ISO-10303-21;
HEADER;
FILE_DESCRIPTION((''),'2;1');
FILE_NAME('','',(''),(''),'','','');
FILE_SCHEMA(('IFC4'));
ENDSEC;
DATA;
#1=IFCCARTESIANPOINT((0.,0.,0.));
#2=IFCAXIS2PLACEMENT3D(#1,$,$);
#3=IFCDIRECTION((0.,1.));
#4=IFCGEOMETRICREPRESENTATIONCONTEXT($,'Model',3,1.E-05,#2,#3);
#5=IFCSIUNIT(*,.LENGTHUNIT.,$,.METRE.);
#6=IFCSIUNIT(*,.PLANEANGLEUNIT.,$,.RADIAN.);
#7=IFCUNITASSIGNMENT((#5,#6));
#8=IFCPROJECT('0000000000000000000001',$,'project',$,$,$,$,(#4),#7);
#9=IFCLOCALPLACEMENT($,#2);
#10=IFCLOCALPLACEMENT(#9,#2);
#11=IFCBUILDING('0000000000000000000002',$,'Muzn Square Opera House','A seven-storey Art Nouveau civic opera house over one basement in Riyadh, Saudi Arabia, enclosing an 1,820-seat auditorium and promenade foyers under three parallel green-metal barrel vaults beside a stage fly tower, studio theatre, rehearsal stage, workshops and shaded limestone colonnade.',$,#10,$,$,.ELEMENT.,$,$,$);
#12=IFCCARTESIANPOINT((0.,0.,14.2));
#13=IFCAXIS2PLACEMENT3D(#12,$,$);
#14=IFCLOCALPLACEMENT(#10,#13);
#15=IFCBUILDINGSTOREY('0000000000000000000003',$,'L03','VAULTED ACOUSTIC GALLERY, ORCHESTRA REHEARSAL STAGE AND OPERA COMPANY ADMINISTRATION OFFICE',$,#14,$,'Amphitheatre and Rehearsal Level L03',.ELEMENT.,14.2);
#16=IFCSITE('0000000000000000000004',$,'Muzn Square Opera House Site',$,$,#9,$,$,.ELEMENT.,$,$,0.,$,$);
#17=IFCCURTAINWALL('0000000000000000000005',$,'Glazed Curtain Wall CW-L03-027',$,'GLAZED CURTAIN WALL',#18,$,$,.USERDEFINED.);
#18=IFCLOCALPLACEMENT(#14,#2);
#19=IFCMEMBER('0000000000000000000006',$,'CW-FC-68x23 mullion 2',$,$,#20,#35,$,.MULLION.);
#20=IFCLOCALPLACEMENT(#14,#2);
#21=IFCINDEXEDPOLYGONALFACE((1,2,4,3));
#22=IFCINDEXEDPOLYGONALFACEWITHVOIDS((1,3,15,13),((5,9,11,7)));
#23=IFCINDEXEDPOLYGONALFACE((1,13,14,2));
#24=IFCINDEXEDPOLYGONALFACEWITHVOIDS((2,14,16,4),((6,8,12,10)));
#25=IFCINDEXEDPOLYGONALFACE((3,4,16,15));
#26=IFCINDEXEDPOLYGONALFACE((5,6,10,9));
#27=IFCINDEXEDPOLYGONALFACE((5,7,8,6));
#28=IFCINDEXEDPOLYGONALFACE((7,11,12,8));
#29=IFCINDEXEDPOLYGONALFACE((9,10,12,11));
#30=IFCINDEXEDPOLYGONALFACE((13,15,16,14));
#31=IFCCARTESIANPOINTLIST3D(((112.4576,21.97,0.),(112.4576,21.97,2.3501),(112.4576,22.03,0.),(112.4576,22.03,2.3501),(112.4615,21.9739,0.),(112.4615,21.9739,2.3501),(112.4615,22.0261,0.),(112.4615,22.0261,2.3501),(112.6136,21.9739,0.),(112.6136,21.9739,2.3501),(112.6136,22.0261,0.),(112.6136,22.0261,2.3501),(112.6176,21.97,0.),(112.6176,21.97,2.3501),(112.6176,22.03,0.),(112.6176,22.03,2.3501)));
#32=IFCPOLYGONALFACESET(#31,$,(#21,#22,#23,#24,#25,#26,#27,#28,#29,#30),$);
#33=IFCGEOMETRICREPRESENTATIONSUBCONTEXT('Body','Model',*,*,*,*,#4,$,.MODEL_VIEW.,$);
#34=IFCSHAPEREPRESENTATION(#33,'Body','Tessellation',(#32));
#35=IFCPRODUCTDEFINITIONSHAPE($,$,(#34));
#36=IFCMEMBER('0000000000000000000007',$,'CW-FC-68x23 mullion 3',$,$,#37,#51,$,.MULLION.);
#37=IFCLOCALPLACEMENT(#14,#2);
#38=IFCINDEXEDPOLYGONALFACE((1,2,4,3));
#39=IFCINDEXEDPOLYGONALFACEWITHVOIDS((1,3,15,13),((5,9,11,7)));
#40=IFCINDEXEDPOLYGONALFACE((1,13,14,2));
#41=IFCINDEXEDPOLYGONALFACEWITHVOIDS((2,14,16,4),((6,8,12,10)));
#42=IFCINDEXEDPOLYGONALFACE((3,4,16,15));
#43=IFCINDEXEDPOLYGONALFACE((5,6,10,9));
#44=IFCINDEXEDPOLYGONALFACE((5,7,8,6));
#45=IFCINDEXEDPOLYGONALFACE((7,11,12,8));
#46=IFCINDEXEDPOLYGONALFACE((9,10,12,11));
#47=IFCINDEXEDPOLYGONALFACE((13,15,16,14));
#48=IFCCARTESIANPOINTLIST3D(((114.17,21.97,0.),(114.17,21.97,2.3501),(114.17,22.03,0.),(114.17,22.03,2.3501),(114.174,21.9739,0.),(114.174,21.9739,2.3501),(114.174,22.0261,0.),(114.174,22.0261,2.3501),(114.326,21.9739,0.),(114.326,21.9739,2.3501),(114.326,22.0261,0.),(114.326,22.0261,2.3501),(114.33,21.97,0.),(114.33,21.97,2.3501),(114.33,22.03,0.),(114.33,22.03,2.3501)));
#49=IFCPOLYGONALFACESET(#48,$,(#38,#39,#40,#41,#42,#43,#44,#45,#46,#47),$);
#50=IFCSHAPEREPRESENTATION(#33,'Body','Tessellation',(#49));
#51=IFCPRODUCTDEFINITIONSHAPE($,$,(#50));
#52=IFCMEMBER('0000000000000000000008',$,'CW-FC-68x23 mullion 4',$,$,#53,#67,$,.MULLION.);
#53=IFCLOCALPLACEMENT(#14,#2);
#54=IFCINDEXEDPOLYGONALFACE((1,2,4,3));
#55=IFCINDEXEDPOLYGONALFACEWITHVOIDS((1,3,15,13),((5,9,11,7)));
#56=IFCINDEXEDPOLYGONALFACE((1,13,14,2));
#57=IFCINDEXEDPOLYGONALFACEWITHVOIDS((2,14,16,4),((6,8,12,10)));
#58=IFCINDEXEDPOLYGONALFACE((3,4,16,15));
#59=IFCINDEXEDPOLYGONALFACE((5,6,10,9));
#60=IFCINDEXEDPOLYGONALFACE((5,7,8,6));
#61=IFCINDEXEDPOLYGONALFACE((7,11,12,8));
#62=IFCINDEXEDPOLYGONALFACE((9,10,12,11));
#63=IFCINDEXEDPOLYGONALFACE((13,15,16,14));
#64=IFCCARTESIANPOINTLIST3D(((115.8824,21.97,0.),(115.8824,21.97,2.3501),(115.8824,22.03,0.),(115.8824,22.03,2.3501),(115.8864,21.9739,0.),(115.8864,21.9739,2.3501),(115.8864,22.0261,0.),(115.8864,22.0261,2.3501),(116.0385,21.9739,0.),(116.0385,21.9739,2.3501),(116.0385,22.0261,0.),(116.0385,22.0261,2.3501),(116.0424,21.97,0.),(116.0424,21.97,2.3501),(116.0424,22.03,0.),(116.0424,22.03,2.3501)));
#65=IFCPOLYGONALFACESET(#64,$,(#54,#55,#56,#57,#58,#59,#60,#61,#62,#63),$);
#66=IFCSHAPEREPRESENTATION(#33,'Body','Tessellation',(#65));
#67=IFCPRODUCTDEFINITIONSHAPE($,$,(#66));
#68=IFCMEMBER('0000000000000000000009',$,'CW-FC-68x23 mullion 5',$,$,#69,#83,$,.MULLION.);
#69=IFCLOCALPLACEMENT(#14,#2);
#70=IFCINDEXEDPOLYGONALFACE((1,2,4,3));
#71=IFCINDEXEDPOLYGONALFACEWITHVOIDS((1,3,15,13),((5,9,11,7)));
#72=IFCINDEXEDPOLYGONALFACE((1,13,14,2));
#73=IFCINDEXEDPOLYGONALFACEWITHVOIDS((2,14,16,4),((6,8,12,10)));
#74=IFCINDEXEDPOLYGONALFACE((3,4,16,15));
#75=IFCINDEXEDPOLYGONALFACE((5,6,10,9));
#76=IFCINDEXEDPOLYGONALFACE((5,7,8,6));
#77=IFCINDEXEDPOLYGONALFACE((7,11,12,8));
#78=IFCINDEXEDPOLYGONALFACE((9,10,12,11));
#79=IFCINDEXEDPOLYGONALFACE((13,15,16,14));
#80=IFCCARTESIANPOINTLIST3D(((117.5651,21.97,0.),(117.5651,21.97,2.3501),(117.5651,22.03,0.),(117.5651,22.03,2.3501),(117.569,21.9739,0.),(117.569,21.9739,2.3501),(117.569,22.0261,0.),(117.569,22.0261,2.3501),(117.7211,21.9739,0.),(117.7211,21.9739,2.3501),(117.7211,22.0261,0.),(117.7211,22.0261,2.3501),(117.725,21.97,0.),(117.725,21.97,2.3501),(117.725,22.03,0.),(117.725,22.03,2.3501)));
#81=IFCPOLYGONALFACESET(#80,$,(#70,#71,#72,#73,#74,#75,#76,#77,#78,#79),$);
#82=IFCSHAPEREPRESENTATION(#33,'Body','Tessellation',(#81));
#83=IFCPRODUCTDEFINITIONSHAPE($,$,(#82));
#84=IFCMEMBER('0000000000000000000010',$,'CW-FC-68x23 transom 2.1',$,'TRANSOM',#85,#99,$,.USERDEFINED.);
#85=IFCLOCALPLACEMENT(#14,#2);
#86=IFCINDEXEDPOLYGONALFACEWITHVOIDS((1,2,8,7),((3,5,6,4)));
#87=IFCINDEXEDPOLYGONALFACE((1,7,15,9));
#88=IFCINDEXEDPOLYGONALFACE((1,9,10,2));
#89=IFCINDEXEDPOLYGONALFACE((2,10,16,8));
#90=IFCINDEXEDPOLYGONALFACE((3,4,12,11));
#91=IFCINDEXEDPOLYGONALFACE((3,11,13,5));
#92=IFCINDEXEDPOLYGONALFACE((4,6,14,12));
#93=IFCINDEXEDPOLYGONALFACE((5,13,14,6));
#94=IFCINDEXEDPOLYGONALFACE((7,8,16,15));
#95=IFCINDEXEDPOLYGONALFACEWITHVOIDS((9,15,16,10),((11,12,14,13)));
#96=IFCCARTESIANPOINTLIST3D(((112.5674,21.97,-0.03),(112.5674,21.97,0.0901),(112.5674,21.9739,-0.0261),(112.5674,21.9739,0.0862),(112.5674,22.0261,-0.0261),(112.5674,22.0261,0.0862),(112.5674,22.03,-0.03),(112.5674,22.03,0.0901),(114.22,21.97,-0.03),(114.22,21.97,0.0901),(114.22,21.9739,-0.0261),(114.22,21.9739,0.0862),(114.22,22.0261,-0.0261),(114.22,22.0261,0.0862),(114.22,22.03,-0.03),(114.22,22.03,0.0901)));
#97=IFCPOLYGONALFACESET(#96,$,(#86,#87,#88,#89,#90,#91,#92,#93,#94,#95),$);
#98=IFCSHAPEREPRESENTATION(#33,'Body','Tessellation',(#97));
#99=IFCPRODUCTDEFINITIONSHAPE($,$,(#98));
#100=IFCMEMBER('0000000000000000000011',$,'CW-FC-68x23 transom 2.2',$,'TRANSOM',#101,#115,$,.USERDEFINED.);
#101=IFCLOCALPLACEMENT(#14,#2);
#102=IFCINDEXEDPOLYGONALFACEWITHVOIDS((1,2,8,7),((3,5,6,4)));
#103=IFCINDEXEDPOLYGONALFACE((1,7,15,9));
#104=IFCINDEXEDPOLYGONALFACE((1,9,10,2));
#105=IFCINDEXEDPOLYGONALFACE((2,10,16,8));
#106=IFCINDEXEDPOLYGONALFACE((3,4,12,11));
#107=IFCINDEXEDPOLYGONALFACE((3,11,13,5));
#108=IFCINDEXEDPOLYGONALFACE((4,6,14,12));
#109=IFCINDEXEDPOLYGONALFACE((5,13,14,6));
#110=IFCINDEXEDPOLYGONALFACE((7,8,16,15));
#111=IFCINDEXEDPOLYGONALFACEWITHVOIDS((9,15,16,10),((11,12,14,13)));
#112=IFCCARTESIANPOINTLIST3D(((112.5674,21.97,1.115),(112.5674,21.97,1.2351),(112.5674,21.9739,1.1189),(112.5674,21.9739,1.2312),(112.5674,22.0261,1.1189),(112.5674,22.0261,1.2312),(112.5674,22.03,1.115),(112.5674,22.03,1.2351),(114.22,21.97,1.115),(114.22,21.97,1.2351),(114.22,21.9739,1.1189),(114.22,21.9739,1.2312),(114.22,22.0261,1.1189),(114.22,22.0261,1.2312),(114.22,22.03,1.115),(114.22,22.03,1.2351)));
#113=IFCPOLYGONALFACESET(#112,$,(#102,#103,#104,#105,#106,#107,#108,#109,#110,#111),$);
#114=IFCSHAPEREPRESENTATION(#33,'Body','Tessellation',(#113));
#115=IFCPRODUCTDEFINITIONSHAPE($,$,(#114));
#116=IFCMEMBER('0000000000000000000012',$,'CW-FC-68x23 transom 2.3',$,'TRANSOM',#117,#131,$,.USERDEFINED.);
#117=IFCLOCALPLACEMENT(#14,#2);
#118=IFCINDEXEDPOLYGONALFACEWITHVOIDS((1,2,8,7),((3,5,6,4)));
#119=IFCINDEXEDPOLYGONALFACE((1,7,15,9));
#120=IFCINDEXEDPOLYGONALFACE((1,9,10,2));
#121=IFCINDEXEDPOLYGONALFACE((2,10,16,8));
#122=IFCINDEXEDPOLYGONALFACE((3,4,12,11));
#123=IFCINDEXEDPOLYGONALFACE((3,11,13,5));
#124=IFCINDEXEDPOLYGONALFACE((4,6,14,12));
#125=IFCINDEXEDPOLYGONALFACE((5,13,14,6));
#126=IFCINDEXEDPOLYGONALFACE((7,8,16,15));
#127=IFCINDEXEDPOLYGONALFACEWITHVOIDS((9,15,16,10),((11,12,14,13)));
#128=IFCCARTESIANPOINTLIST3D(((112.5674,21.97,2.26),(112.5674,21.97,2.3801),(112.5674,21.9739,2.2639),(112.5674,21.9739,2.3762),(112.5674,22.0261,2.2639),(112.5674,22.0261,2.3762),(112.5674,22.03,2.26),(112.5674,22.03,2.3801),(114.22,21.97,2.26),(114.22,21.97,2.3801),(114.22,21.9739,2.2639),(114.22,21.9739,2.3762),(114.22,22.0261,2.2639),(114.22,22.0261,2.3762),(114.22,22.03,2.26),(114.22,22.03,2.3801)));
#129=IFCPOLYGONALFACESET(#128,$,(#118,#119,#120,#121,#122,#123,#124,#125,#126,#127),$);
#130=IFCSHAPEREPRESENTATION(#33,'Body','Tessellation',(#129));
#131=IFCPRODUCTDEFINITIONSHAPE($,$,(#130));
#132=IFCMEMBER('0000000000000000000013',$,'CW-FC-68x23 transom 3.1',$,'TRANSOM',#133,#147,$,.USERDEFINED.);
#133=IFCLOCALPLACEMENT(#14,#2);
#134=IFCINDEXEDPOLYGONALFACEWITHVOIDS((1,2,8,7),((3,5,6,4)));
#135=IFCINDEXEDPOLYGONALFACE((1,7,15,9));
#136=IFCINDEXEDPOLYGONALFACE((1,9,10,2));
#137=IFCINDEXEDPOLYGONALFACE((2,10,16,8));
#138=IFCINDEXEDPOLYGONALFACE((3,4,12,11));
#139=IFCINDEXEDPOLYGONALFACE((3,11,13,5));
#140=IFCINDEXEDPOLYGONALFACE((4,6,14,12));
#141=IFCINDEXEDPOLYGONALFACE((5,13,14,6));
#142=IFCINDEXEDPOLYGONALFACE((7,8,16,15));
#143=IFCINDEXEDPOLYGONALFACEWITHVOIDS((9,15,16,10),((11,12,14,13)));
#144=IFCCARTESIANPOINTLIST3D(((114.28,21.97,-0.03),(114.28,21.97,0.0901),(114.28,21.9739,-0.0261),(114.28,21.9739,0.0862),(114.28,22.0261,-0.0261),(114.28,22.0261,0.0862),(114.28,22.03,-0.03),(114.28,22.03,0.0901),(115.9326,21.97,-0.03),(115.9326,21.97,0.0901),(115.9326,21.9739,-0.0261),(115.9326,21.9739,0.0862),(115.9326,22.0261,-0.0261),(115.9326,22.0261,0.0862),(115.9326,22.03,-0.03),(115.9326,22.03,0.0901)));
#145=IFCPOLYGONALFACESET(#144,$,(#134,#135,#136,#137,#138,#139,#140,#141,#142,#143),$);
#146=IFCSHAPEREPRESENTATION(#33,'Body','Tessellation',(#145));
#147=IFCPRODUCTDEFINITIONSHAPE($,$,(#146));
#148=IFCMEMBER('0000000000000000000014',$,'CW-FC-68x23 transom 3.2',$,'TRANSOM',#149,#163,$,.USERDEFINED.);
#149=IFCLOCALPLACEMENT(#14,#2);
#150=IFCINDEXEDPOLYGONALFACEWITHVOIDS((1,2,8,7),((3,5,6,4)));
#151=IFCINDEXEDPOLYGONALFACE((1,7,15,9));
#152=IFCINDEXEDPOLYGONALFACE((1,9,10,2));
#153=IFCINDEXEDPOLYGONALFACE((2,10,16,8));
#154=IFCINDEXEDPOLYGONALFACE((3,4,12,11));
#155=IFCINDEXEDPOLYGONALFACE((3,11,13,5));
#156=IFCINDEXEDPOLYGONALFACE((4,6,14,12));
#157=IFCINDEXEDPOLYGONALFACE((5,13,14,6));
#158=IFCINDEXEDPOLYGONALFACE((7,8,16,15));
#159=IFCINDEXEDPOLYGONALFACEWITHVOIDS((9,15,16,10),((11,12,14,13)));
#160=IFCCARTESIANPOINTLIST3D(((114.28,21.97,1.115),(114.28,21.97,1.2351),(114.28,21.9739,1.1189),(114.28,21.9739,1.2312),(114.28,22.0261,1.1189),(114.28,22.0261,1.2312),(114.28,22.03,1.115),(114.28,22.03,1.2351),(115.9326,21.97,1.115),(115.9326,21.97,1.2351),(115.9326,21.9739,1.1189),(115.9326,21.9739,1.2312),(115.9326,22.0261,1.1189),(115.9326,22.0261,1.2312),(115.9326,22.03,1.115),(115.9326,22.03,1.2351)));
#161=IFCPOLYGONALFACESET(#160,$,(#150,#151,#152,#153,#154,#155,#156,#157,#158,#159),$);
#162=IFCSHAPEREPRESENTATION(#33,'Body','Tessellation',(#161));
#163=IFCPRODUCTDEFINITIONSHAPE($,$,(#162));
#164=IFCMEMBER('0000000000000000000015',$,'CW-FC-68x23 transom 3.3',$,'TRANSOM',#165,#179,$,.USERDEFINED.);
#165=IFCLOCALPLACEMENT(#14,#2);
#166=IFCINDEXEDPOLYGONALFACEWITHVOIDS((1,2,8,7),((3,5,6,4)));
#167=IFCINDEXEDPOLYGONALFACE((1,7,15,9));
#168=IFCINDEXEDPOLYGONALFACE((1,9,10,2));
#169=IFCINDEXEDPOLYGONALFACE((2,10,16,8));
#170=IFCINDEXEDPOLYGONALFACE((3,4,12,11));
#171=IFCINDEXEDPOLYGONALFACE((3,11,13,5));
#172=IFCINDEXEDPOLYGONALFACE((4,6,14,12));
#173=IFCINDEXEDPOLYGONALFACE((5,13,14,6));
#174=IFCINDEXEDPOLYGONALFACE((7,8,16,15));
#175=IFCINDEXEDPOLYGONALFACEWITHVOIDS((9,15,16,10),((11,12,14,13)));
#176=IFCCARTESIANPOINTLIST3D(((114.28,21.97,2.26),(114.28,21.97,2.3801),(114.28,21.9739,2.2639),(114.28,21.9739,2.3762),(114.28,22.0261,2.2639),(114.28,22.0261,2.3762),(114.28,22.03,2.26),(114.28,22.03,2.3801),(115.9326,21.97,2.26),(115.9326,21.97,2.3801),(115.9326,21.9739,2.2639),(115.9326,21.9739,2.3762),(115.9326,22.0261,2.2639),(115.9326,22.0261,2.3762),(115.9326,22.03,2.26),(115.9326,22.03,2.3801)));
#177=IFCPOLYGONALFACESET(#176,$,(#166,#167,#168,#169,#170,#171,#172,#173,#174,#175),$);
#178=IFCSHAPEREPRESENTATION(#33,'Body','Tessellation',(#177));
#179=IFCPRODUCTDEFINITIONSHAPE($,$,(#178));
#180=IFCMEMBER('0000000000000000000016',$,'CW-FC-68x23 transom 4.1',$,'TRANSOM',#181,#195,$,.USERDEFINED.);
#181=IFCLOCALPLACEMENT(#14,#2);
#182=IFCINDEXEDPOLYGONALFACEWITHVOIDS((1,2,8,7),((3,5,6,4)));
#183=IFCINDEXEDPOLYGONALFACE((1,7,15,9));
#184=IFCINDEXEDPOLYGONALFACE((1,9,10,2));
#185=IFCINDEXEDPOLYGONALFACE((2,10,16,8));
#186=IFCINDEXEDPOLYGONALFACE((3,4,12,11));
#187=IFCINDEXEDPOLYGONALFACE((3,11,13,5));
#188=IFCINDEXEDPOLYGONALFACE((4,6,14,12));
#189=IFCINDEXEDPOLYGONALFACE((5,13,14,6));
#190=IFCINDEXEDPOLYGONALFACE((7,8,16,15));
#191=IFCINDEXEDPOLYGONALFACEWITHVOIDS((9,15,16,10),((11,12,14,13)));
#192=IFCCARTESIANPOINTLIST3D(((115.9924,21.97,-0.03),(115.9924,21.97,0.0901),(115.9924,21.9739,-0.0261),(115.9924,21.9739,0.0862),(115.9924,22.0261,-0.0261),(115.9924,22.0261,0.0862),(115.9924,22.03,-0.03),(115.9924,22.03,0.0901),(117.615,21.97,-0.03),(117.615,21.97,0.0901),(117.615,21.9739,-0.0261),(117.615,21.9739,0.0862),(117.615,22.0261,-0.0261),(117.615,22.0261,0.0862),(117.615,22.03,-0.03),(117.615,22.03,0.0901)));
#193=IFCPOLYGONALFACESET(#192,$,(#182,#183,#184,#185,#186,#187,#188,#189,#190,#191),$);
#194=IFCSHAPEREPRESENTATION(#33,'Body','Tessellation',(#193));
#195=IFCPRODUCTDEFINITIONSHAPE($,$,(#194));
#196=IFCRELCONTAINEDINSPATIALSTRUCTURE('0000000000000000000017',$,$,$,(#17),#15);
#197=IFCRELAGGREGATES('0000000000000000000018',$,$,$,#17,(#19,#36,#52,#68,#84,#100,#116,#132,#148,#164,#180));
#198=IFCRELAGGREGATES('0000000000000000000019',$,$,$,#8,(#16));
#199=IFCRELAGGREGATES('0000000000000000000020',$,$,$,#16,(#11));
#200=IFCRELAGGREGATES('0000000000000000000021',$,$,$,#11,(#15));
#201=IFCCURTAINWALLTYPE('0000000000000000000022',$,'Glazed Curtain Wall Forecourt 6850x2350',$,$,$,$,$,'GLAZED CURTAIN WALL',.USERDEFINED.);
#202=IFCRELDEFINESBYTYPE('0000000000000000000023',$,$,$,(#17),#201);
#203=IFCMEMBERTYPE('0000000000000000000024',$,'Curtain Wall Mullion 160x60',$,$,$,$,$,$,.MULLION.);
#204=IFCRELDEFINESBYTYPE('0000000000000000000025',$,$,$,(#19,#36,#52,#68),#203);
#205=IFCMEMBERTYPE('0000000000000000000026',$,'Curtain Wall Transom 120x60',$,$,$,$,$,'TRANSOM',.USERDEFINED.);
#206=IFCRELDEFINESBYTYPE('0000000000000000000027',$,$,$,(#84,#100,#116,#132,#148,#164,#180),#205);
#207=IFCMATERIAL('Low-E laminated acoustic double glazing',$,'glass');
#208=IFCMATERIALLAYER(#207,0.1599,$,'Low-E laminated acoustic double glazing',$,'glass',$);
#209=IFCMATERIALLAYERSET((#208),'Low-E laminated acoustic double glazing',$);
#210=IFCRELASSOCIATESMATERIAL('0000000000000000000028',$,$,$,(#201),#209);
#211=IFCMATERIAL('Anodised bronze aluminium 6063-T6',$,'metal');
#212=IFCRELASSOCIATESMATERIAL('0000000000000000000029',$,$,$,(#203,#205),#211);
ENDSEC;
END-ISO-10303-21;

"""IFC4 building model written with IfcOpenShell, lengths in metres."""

from ifc_helpers import new_model, si_unit, direction, frame, origin, origin_2d, place, context, subcontext, project, spatial, hollow_rectangle, extrude, material, layer, layer_set, material_profile, profile_set, type_object, element, aggregate, save


model = new_model("IFC4")

# Units and contexts
model_context = context("Model", 3, precision=1e-05, world=origin(), true_north=direction((0.0, 1.0)))
body_context = subcontext(model_context, "Body", "Model", "MODEL_VIEW")
ifc_project = project(units=[si_unit("LENGTHUNIT", "METRE"), si_unit("PLANEANGLEUNIT", "RADIAN")], contexts=[model_context])

# Site, building, storey
site_placement = place(None, origin())
site = spatial("IfcSite", under=ifc_project, at=site_placement, Name="Muzn Square Opera House Site", CompositionType="ELEMENT", RefElevation=0.0)
building_placement = place(site_placement, origin())
building = spatial("IfcBuilding", under=site, at=building_placement, Name="Muzn Square Opera House", Description="A seven-storey Art Nouveau civic opera house over one basement in Riyadh, Saudi Arabia, enclosing an 1,820-seat auditorium and promenade foyers under three parallel green-metal barrel vaults beside a stage fly tower, studio theatre, rehearsal stage, workshops and shaded limestone colonnade.", CompositionType="ELEMENT")
storey_placement = place(building_placement, frame((0.0, 0.0, 14.2)))
storey = spatial("IfcBuildingStorey", under=building, at=storey_placement, Name="L03", Description="VAULTED ACOUSTIC GALLERY, ORCHESTRA REHEARSAL STAGE AND OPERA COMPANY ADMINISTRATION OFFICE", LongName="Amphitheatre and Rehearsal Level L03", CompositionType="ELEMENT", Elevation=14.2)

# Curtain wall, members
ifc_material_1 = material(Name="Low-E laminated acoustic double glazing", Category="glass")
ifc_layer_1 = layer(ifc_material_1, 0.1599, Name="Low-E laminated acoustic double glazing", Category="glass")
ifc_layer_set_1 = layer_set([ifc_layer_1], Name="Low-E laminated acoustic double glazing")
curtain_wall_type = type_object("IfcCurtainWallType", Name="Glazed Curtain Wall Forecourt 6850x2350", ElementType="GLAZED CURTAIN WALL", PredefinedType="USERDEFINED", material=ifc_layer_set_1)
curtain_wall_placement = place(storey_placement, origin())
curtain_wall = element("IfcCurtainWall", 1, at=curtain_wall_placement, inside=storey, type_object=curtain_wall_type, Name="Glazed Curtain Wall CW-L03-027", ObjectType="GLAZED CURTAIN WALL", PredefinedType="USERDEFINED")
ifc_material_2 = material(Name="Anodised bronze aluminium 6063-T6", Category="metal")
ifc_material_profile_1 = material_profile(ifc_material_2, hollow_rectangle(XDim=0.0601, YDim=0.1599, WallThickness=0.0039, at=origin_2d()), Name="ALU 160x60x4", Category="metal")
ifc_profile_set_1 = profile_set([ifc_material_profile_1], Name="Anodised bronze aluminium 6063-T6")
member_type_1 = type_object("IfcMemberType", Name="Curtain Wall Mullion 160x60", PredefinedType="MULLION", material=ifc_profile_set_1)
member_1_placement = place(storey_placement, frame((112.5376, 22.0, 0.0), z_axis=(0.0, 0.0, 1.0), x_axis=(0.0, 1.0, 0.0)))
member_1 = element("IfcMember", 2, at=member_1_placement, type_object=member_type_1, Name="CW-FC-68x23 mullion 2", PredefinedType="MULLION", context=body_context, shape_type="SweptSolid", body=[
    extrude(hollow_rectangle(XDim=0.0601, YDim=0.1599, WallThickness=0.0039, at=origin_2d()), origin(), (0.0, 0.0, 1.0), 2.3501),
])
member_2_placement = place(storey_placement, frame((114.25, 22.0, 0.0), z_axis=(0.0, 0.0, 1.0), x_axis=(0.0, 1.0, 0.0)))
member_2 = element("IfcMember", 3, at=member_2_placement, type_object=member_type_1, Name="CW-FC-68x23 mullion 3", PredefinedType="MULLION", context=body_context, shape_type="SweptSolid", body=[
    extrude(hollow_rectangle(XDim=0.0601, YDim=0.1599, WallThickness=0.0039, at=origin_2d()), origin(), (0.0, 0.0, 1.0), 2.3501),
])
member_3_placement = place(storey_placement, frame((115.9624, 22.0, 0.0), z_axis=(0.0, 0.0, 1.0), x_axis=(0.0, 1.0, 0.0)))
member_3 = element("IfcMember", 4, at=member_3_placement, type_object=member_type_1, Name="CW-FC-68x23 mullion 4", PredefinedType="MULLION", context=body_context, shape_type="SweptSolid", body=[
    extrude(hollow_rectangle(XDim=0.0601, YDim=0.1599, WallThickness=0.0039, at=origin_2d()), origin(), (0.0, 0.0, 1.0), 2.3501),
])
member_4_placement = place(storey_placement, frame((117.645, 22.0, 0.0), z_axis=(0.0, 0.0, 1.0), x_axis=(0.0, 1.0, 0.0)))
member_4 = element("IfcMember", 5, at=member_4_placement, type_object=member_type_1, Name="CW-FC-68x23 mullion 5", PredefinedType="MULLION", context=body_context, shape_type="SweptSolid", body=[
    extrude(hollow_rectangle(XDim=0.0601, YDim=0.1599, WallThickness=0.0039, at=origin_2d()), origin(), (0.0, 0.0, 1.0), 2.3501),
])
ifc_material_profile_2 = material_profile(ifc_material_2, hollow_rectangle(XDim=0.0601, YDim=0.1201, WallThickness=0.0039, at=origin_2d()), Name="ALU 120x60x4", Category="metal")
ifc_profile_set_2 = profile_set([ifc_material_profile_2], Name="Anodised bronze aluminium 6063-T6")
member_type_2 = type_object("IfcMemberType", Name="Curtain Wall Transom 120x60", ElementType="TRANSOM", PredefinedType="USERDEFINED", material=ifc_profile_set_2)
member_5_placement = place(storey_placement, frame((112.5674, 22.0, 0.03), z_axis=(1.0, 0.0, 0.0), x_axis=(0.0, 1.0, 0.0)))
member_5 = element("IfcMember", 6, at=member_5_placement, type_object=member_type_2, Name="CW-FC-68x23 transom 2.1", ObjectType="TRANSOM", PredefinedType="USERDEFINED", context=body_context, shape_type="SweptSolid", body=[
    extrude(hollow_rectangle(XDim=0.0601, YDim=0.1201, WallThickness=0.0039, at=origin_2d()), origin(), (0.0, 0.0, 1.0), 1.6526),
])
member_6_placement = place(storey_placement, frame((112.5674, 22.0, 1.175), z_axis=(1.0, 0.0, 0.0), x_axis=(0.0, 1.0, 0.0)))
member_6 = element("IfcMember", 7, at=member_6_placement, type_object=member_type_2, Name="CW-FC-68x23 transom 2.2", ObjectType="TRANSOM", PredefinedType="USERDEFINED", context=body_context, shape_type="SweptSolid", body=[
    extrude(hollow_rectangle(XDim=0.0601, YDim=0.1201, WallThickness=0.0039, at=origin_2d()), origin(), (0.0, 0.0, 1.0), 1.6526),
])
member_7_placement = place(storey_placement, frame((112.5674, 22.0, 2.3201), z_axis=(1.0, 0.0, 0.0), x_axis=(0.0, 1.0, 0.0)))
member_7 = element("IfcMember", 8, at=member_7_placement, type_object=member_type_2, Name="CW-FC-68x23 transom 2.3", ObjectType="TRANSOM", PredefinedType="USERDEFINED", context=body_context, shape_type="SweptSolid", body=[
    extrude(hollow_rectangle(XDim=0.0601, YDim=0.1201, WallThickness=0.0039, at=origin_2d()), origin(), (0.0, 0.0, 1.0), 1.6526),
])
member_8_placement = place(storey_placement, frame((114.28, 22.0, 0.03), z_axis=(1.0, 0.0, 0.0), x_axis=(0.0, 1.0, 0.0)))
member_8 = element("IfcMember", 9, at=member_8_placement, type_object=member_type_2, Name="CW-FC-68x23 transom 3.1", ObjectType="TRANSOM", PredefinedType="USERDEFINED", context=body_context, shape_type="SweptSolid", body=[
    extrude(hollow_rectangle(XDim=0.0601, YDim=0.1201, WallThickness=0.0039, at=origin_2d()), origin(), (0.0, 0.0, 1.0), 1.6526),
])
member_9_placement = place(storey_placement, frame((114.28, 22.0, 1.175), z_axis=(1.0, 0.0, 0.0), x_axis=(0.0, 1.0, 0.0)))
member_9 = element("IfcMember", 10, at=member_9_placement, type_object=member_type_2, Name="CW-FC-68x23 transom 3.2", ObjectType="TRANSOM", PredefinedType="USERDEFINED", context=body_context, shape_type="SweptSolid", body=[
    extrude(hollow_rectangle(XDim=0.0601, YDim=0.1201, WallThickness=0.0039, at=origin_2d()), origin(), (0.0, 0.0, 1.0), 1.6526),
])
member_10_placement = place(storey_placement, frame((114.28, 22.0, 2.3201), z_axis=(1.0, 0.0, 0.0), x_axis=(0.0, 1.0, 0.0)))
member_10 = element("IfcMember", 11, at=member_10_placement, type_object=member_type_2, Name="CW-FC-68x23 transom 3.3", ObjectType="TRANSOM", PredefinedType="USERDEFINED", context=body_context, shape_type="SweptSolid", body=[
    extrude(hollow_rectangle(XDim=0.0601, YDim=0.1201, WallThickness=0.0039, at=origin_2d()), origin(), (0.0, 0.0, 1.0), 1.6526),
])
member_11_placement = place(storey_placement, frame((115.9924, 22.0, 0.03), z_axis=(1.0, 0.0, 0.0), x_axis=(0.0, 1.0, 0.0)))
member_11 = element("IfcMember", 12, at=member_11_placement, type_object=member_type_2, Name="CW-FC-68x23 transom 4.1", ObjectType="TRANSOM", PredefinedType="USERDEFINED", context=body_context, shape_type="SweptSolid", body=[
    extrude(hollow_rectangle(XDim=0.0601, YDim=0.1201, WallThickness=0.0039, at=origin_2d()), origin(), (0.0, 0.0, 1.0), 1.6226),
])

aggregate(curtain_wall, [member_1, member_2, member_3, member_4, member_5, member_6, member_7, member_8, member_9, member_10, member_11])

save(model, "model.ifc")
